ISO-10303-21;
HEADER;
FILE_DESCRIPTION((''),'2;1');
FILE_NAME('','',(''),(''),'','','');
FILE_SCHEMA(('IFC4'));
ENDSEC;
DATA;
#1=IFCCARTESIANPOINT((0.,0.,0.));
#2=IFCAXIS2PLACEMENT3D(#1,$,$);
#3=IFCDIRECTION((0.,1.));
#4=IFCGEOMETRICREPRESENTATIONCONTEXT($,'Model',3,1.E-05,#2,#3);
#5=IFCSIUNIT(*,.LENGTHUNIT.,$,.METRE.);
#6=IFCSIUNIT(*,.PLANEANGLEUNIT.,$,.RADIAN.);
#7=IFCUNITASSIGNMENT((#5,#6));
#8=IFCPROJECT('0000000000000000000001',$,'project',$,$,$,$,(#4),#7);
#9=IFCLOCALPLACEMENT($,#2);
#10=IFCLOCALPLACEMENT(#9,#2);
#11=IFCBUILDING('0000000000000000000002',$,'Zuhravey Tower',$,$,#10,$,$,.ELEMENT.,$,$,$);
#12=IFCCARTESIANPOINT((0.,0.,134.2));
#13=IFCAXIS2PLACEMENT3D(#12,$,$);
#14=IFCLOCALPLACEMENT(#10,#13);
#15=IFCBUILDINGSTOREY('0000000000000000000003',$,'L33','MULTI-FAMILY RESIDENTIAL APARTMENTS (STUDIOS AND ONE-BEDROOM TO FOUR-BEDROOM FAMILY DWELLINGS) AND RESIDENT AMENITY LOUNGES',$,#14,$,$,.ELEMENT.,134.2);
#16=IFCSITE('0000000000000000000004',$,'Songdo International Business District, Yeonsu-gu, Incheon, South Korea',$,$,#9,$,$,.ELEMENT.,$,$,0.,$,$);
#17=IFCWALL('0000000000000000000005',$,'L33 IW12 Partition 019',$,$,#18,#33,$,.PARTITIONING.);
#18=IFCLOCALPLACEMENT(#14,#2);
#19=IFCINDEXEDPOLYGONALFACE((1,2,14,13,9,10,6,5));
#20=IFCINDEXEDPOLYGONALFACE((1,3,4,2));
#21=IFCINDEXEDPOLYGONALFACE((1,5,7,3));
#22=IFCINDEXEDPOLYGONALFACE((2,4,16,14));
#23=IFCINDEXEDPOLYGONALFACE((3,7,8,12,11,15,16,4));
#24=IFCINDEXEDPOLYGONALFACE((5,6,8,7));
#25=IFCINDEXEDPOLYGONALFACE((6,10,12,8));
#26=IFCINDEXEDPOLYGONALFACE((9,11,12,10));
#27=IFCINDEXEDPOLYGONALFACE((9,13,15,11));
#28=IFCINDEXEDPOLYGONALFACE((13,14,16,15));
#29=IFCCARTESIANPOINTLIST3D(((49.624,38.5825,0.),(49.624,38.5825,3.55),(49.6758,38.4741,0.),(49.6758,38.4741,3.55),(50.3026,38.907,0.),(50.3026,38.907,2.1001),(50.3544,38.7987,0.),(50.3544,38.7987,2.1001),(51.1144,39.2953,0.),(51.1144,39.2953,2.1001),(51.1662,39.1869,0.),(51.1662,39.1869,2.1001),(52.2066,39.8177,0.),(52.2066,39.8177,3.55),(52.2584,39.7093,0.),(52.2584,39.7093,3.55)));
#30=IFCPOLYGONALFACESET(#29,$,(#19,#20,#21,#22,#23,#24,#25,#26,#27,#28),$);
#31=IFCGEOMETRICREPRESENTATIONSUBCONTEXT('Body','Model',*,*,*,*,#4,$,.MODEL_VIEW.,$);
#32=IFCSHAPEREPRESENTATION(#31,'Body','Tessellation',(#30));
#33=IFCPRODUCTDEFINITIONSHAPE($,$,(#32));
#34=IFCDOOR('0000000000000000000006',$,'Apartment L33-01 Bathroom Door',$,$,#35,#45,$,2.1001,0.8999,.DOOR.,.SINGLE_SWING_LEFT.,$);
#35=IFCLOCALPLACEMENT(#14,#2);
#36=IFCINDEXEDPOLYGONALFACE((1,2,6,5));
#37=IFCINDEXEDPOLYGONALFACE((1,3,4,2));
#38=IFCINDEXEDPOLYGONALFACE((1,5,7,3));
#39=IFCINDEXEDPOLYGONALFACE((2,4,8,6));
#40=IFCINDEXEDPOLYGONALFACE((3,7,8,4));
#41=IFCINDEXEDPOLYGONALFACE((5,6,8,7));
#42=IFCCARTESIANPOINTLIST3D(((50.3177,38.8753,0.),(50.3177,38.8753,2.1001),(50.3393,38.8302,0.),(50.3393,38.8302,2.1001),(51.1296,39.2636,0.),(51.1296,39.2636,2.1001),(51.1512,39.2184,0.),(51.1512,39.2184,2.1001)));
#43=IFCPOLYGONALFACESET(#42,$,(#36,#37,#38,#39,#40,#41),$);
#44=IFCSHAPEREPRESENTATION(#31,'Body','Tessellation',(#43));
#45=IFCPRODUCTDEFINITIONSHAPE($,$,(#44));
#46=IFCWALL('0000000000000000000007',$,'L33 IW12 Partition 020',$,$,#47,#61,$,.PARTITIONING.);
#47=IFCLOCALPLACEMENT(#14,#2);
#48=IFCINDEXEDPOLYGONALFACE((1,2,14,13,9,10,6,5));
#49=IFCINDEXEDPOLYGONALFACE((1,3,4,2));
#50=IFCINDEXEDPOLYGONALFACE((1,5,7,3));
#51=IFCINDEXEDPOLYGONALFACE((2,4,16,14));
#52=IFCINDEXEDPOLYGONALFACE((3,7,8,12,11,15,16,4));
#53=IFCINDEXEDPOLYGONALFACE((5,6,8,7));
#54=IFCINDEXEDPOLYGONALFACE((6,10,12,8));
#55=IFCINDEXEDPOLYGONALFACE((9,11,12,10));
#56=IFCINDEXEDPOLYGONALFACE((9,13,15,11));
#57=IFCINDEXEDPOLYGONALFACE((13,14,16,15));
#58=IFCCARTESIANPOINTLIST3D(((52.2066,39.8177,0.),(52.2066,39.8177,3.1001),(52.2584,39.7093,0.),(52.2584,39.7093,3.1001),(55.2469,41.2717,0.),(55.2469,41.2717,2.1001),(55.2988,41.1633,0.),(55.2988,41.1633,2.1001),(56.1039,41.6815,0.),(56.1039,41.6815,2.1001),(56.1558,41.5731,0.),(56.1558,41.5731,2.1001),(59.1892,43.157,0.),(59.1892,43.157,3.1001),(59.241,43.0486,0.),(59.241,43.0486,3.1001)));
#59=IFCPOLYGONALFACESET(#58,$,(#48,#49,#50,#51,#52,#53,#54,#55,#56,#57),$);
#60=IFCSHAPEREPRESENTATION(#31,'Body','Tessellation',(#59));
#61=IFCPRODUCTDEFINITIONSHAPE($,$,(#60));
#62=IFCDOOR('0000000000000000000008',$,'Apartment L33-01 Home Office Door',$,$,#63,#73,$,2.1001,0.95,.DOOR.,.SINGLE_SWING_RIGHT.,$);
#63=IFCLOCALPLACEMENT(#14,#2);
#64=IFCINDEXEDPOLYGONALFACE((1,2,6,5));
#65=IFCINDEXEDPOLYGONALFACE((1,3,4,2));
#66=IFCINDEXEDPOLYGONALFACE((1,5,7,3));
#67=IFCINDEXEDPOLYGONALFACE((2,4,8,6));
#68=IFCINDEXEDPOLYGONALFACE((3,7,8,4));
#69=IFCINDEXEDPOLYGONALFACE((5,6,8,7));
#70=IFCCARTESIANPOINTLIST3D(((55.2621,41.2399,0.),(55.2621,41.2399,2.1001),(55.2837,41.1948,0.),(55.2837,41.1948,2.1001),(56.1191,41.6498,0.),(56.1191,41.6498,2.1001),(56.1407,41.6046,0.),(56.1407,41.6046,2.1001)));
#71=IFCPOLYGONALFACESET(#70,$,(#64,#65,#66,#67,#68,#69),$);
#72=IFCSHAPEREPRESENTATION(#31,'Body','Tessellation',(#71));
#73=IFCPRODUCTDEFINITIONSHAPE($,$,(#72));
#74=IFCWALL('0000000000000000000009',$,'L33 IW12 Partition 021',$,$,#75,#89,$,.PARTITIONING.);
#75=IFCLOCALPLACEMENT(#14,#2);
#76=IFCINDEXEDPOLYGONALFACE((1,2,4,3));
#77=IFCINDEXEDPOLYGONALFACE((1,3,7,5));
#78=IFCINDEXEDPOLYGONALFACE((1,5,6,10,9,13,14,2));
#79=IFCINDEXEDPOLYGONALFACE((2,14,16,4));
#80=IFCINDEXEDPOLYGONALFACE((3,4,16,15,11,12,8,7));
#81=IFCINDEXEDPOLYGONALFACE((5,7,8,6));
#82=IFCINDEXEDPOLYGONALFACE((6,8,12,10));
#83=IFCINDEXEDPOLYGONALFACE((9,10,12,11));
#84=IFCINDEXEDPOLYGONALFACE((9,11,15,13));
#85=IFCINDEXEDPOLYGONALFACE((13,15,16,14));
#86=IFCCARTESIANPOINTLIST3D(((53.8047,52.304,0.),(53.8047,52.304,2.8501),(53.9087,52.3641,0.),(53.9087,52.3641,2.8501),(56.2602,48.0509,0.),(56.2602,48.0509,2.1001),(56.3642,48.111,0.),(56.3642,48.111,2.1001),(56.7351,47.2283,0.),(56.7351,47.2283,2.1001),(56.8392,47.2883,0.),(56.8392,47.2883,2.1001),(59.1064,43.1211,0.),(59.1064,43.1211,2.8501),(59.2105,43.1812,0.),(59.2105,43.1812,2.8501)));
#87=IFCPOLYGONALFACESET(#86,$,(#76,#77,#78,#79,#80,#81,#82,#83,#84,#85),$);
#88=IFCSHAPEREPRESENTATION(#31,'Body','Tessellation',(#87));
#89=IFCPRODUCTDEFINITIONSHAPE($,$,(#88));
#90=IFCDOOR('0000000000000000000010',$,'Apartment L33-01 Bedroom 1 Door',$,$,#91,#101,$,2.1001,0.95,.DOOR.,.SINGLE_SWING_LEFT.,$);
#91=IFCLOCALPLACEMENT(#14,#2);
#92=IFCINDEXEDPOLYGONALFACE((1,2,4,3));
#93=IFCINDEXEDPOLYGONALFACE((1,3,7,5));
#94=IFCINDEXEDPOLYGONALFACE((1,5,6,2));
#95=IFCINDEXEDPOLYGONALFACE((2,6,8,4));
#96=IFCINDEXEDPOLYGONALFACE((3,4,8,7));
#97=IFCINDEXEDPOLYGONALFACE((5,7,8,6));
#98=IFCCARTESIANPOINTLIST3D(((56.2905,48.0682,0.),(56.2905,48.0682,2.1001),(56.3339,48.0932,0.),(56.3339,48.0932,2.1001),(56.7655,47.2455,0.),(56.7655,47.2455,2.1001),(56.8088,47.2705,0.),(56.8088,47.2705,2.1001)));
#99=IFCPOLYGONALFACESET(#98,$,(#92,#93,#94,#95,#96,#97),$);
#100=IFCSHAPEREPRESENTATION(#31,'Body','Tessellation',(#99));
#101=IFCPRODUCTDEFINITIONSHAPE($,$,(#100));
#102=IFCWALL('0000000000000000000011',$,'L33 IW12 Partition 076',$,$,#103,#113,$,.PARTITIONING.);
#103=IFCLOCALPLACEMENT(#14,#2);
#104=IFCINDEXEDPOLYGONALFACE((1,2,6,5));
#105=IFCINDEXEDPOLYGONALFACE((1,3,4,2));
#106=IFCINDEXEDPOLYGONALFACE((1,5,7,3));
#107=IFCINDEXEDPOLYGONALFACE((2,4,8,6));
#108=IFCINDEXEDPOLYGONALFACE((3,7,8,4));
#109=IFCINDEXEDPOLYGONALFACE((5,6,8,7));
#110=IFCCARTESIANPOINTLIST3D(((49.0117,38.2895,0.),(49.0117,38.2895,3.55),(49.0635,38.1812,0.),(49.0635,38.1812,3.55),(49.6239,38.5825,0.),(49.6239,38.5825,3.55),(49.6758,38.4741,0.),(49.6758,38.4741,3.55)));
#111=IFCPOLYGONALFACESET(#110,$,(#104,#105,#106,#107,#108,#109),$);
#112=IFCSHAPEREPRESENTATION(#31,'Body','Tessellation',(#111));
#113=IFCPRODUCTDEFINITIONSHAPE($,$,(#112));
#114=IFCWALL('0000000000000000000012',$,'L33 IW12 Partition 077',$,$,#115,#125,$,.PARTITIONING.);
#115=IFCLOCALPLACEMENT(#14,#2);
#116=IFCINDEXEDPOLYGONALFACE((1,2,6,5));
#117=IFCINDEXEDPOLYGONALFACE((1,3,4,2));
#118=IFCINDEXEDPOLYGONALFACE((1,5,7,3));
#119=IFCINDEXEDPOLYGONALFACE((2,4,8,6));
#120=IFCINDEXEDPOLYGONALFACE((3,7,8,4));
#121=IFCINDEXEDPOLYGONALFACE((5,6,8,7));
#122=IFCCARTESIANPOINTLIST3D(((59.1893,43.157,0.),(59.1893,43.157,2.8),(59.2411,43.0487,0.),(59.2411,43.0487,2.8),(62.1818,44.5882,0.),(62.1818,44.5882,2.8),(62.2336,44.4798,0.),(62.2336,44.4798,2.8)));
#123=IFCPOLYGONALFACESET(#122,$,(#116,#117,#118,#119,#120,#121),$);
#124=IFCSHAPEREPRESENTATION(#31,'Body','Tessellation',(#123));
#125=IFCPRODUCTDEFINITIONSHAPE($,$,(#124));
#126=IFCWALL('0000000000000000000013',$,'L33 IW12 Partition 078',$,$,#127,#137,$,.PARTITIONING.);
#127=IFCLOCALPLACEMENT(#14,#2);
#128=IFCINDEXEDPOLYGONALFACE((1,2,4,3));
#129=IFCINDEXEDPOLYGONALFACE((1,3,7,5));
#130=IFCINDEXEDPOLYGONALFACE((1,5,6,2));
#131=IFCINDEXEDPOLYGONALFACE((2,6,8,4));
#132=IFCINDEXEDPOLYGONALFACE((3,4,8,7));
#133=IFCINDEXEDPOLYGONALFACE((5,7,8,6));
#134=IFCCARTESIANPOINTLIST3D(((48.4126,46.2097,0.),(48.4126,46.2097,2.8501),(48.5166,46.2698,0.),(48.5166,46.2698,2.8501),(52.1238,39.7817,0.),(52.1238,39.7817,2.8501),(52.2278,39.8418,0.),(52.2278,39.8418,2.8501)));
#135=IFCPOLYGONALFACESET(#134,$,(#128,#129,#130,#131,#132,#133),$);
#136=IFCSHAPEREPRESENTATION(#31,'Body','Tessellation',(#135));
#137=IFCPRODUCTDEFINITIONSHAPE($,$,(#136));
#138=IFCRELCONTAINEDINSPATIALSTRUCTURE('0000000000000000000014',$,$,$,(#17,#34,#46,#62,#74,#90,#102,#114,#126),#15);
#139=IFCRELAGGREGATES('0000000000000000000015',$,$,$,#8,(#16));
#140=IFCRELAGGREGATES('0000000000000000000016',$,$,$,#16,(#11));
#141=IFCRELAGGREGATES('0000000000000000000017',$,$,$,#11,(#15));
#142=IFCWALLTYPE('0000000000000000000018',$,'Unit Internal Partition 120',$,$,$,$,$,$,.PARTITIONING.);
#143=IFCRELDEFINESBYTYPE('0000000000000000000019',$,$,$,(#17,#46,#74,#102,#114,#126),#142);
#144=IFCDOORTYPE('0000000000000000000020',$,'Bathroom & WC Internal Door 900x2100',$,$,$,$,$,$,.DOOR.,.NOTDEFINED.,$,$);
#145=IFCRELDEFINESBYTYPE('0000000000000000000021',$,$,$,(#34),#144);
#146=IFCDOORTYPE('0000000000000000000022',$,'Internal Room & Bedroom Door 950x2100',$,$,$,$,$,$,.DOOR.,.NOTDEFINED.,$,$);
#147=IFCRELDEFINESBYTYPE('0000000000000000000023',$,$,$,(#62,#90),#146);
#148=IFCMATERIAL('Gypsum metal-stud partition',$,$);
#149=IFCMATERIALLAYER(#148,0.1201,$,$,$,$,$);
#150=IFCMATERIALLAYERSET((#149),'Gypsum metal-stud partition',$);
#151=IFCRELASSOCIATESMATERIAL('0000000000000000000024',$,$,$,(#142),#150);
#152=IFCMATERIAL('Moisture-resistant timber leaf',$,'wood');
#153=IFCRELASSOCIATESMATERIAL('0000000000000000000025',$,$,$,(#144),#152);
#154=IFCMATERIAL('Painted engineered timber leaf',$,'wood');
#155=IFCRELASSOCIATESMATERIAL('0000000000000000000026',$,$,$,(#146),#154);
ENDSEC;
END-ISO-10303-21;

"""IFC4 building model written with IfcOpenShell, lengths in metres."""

from ifc_helpers import new_model, si_unit, direction, frame, frame_2d, origin, place, context, subcontext, project, spatial, rectangle, extrude, material, layer, layer_set, type_object, element, fill, save


model = new_model("IFC4")

# Units and contexts
model_context = context("Model", 3, precision=1e-05, world=origin(), true_north=direction((0.0, 1.0)))
body_context = subcontext(model_context, "Body", "Model", "MODEL_VIEW")
ifc_project = project(units=[si_unit("LENGTHUNIT", "METRE"), si_unit("PLANEANGLEUNIT", "RADIAN")], contexts=[model_context])

# Site, building, storey
site_placement = place(None, origin())
site = spatial("IfcSite", under=ifc_project, at=site_placement, Name="Songdo International Business District, Yeonsu-gu, Incheon, South Korea", CompositionType="ELEMENT", RefElevation=0.0)
building_placement = place(site_placement, origin())
building = spatial("IfcBuilding", under=site, at=building_placement, Name="Zuhravey Tower", CompositionType="ELEMENT")
storey_placement = place(building_placement, frame((0.0, 0.0, 134.2)))
storey = spatial("IfcBuildingStorey", under=building, at=storey_placement, Name="L33", Description="MULTI-FAMILY RESIDENTIAL APARTMENTS (STUDIOS AND ONE-BEDROOM TO FOUR-BEDROOM FAMILY DWELLINGS) AND RESIDENT AMENITY LOUNGES", CompositionType="ELEMENT", Elevation=134.2)

# Walls, openings, doors
ifc_material_1 = material(Name="Gypsum metal-stud partition")
ifc_layer_1 = layer(ifc_material_1, 0.1201)
ifc_layer_set_1 = layer_set([ifc_layer_1], Name="Gypsum metal-stud partition")
wall_type_1 = type_object("IfcWallType", Name="Unit Internal Partition 120", PredefinedType="PARTITIONING", material=ifc_layer_set_1)
wall_1_placement = place(storey_placement, frame((49.6499, 38.5283, 0.0), z_axis=(0.0, 0.0, 1.0), x_axis=(0.902136, 0.431452, 0.0)))
wall_1 = element("IfcWall", 1, at=wall_1_placement, inside=storey, type_object=wall_type_1, Name="L33 IW12 Partition 019", PredefinedType="PARTITIONING", context=body_context, shape_type="SweptSolid", body=[
    extrude(rectangle(XDim=2.8628, YDim=0.1201, at=frame_2d((1.4314, 0.0))), origin(), (0.0, 0.0, 1.0), 3.55),
])
opening_1_placement = place(wall_1_placement, frame((0.7522, 0.0, 0.0)))
opening_1 = element("IfcOpeningElement", 2, at=opening_1_placement, cuts=wall_1, PredefinedType="OPENING", context=body_context, shape_type="SweptSolid", body=[
    extrude(rectangle(XDim=0.8999, YDim=2.1001, at=frame_2d((0.45, 1.05))), frame((0.0, 0.072, 0.0), z_axis=(0.0, -1.0, 0.0), x_axis=(1.0, 0.0, 0.0)), (0.0, 0.0, 1.0), 0.144),
])
ifc_material_2 = material(Name="Moisture-resistant timber leaf", Category="wood")
door_type_1 = type_object("IfcDoorType", Name="Bathroom & WC Internal Door 900x2100", OperationType="NOTDEFINED", PredefinedType="DOOR", material=ifc_material_2)
door_1_placement = place(opening_1_placement, origin())
door_1 = element("IfcDoor", 3, at=door_1_placement, inside=storey, type_object=door_type_1, Name="Apartment L33-01 Bathroom Door", OperationType="SINGLE_SWING_LEFT", OverallHeight=2.1001, OverallWidth=0.8999, PredefinedType="DOOR", context=body_context, shape_type="SweptSolid", body=[
    extrude(rectangle(XDim=0.8999, YDim=2.1001, at=frame_2d((0.45, 1.05))), frame((0.0, 0.0249, 0.0), z_axis=(0.0, -1.0, 0.0), x_axis=(1.0, 0.0, 0.0)), (0.0, 0.0, 1.0), 0.05),
])
fill(opening_1, door_1)
wall_2_placement = place(storey_placement, frame((52.2324, 39.7634, 0.0), z_axis=(0.0, 0.0, 1.0), x_axis=(0.902143, 0.431437, 0.0)))
wall_2 = element("IfcWall", 4, at=wall_2_placement, inside=storey, type_object=wall_type_1, Name="L33 IW12 Partition 020", PredefinedType="PARTITIONING", context=body_context, shape_type="SweptSolid", body=[
    extrude(rectangle(XDim=7.74, YDim=0.1201, at=frame_2d((3.8701, 0.0))), origin(), (0.0, 0.0, 1.0), 3.1001),
])
opening_2_placement = place(wall_2_placement, frame((3.3701, 0.0, 0.0)))
opening_2 = element("IfcOpeningElement", 5, at=opening_2_placement, cuts=wall_2, PredefinedType="OPENING", context=body_context, shape_type="SweptSolid", body=[
    extrude(rectangle(XDim=0.95, YDim=2.1001, at=frame_2d((0.4751, 1.05))), frame((0.0, 0.072, 0.0), z_axis=(0.0, -1.0, 0.0), x_axis=(1.0, 0.0, 0.0)), (0.0, 0.0, 1.0), 0.144),
])
ifc_material_3 = material(Name="Painted engineered timber leaf", Category="wood")
door_type_2 = type_object("IfcDoorType", Name="Internal Room & Bedroom Door 950x2100", OperationType="NOTDEFINED", PredefinedType="DOOR", material=ifc_material_3)
door_2_placement = place(opening_2_placement, origin())
door_2 = element("IfcDoor", 6, at=door_2_placement, inside=storey, type_object=door_type_2, Name="Apartment L33-01 Home Office Door", OperationType="SINGLE_SWING_RIGHT", OverallHeight=2.1001, OverallWidth=0.95, PredefinedType="DOOR", context=body_context, shape_type="SweptSolid", body=[
    extrude(rectangle(XDim=0.95, YDim=2.1001, at=frame_2d((0.4751, 1.05))), frame((0.0, 0.0249, 0.0), z_axis=(0.0, -1.0, 0.0), x_axis=(1.0, 0.0, 0.0)), (0.0, 0.0, 1.0), 0.05),
])
fill(opening_2, door_2)
wall_3_placement = place(storey_placement, frame((59.1584, 43.1511, 0.0), z_axis=(0.0, 0.0, 1.0), x_axis=(-0.500002, 0.866024, 0.0)))
wall_3 = element("IfcWall", 7, at=wall_3_placement, inside=storey, type_object=wall_type_1, Name="L33 IW12 Partition 021", PredefinedType="PARTITIONING", context=body_context, shape_type="SweptSolid", body=[
    extrude(rectangle(XDim=10.6035, YDim=0.1201, at=frame_2d((5.3018, 0.0))), origin(), (0.0, 0.0, 1.0), 2.8501),
])
opening_3_placement = place(wall_3_placement, frame((4.7424, 0.0, 0.0)))
opening_3 = element("IfcOpeningElement", 8, at=opening_3_placement, cuts=wall_3, PredefinedType="OPENING", context=body_context, shape_type="SweptSolid", body=[
    extrude(rectangle(XDim=0.95, YDim=2.1001, at=frame_2d((0.4751, 1.05))), frame((0.0, 0.072, 0.0), z_axis=(0.0, -1.0, 0.0), x_axis=(1.0, 0.0, 0.0)), (0.0, 0.0, 1.0), 0.144),
])
door_3_placement = place(opening_3_placement, frame((0.95, 0.0, 0.0), z_axis=(0.0, 0.0, 1.0), x_axis=(-1.0, 0.0, 0.0)))
door_3 = element("IfcDoor", 9, at=door_3_placement, inside=storey, type_object=door_type_2, Name="Apartment L33-01 Bedroom 1 Door", OperationType="SINGLE_SWING_LEFT", OverallHeight=2.1001, OverallWidth=0.95, PredefinedType="DOOR", context=body_context, shape_type="SweptSolid", body=[
    extrude(rectangle(XDim=0.95, YDim=2.1001, at=frame_2d((0.4751, 1.05))), frame((0.0, 0.0249, 0.0), z_axis=(0.0, -1.0, 0.0), x_axis=(1.0, 0.0, 0.0)), (0.0, 0.0, 1.0), 0.05),
])
fill(opening_3, door_3)

# Walls
wall_4_placement = place(storey_placement, frame((49.0376, 38.2354, 0.0), z_axis=(0.0, 0.0, 1.0), x_axis=(0.902061, 0.431608, 0.0)))
element("IfcWall", 10, at=wall_4_placement, inside=storey, type_object=wall_type_1, Name="L33 IW12 Partition 076", PredefinedType="PARTITIONING", context=body_context, shape_type="SweptSolid", body=[
    extrude(rectangle(XDim=0.6787, YDim=0.1201, at=frame_2d((0.3394, 0.0))), origin(), (0.0, 0.0, 1.0), 3.55),
])
wall_5_placement = place(storey_placement, frame((59.2151, 43.1028, 0.0), z_axis=(0.0, 0.0, 1.0), x_axis=(0.902135, 0.431453, 0.0)))
element("IfcWall", 11, at=wall_5_placement, inside=storey, type_object=wall_type_1, Name="L33 IW12 Partition 077", PredefinedType="PARTITIONING", context=body_context, shape_type="SweptSolid", body=[
    extrude(rectangle(XDim=3.3171, YDim=0.1201, at=frame_2d((1.6587, 0.0))), origin(), (0.0, 0.0, 1.0), 2.8),
])
wall_6_placement = place(storey_placement, frame((52.1758, 39.8118, 0.0), z_axis=(0.0, 0.0, 1.0), x_axis=(-0.499999, 0.866026, 0.0)))
element("IfcWall", 12, at=wall_6_placement, inside=storey, type_object=wall_type_1, Name="L33 IW12 Partition 078", PredefinedType="PARTITIONING", context=body_context, shape_type="SweptSolid", body=[
    extrude(rectangle(XDim=7.4224, YDim=0.1201, at=frame_2d((3.7112, 0.0))), origin(), (0.0, 0.0, 1.0), 2.8501),
])

save(model, "model.ifc")
